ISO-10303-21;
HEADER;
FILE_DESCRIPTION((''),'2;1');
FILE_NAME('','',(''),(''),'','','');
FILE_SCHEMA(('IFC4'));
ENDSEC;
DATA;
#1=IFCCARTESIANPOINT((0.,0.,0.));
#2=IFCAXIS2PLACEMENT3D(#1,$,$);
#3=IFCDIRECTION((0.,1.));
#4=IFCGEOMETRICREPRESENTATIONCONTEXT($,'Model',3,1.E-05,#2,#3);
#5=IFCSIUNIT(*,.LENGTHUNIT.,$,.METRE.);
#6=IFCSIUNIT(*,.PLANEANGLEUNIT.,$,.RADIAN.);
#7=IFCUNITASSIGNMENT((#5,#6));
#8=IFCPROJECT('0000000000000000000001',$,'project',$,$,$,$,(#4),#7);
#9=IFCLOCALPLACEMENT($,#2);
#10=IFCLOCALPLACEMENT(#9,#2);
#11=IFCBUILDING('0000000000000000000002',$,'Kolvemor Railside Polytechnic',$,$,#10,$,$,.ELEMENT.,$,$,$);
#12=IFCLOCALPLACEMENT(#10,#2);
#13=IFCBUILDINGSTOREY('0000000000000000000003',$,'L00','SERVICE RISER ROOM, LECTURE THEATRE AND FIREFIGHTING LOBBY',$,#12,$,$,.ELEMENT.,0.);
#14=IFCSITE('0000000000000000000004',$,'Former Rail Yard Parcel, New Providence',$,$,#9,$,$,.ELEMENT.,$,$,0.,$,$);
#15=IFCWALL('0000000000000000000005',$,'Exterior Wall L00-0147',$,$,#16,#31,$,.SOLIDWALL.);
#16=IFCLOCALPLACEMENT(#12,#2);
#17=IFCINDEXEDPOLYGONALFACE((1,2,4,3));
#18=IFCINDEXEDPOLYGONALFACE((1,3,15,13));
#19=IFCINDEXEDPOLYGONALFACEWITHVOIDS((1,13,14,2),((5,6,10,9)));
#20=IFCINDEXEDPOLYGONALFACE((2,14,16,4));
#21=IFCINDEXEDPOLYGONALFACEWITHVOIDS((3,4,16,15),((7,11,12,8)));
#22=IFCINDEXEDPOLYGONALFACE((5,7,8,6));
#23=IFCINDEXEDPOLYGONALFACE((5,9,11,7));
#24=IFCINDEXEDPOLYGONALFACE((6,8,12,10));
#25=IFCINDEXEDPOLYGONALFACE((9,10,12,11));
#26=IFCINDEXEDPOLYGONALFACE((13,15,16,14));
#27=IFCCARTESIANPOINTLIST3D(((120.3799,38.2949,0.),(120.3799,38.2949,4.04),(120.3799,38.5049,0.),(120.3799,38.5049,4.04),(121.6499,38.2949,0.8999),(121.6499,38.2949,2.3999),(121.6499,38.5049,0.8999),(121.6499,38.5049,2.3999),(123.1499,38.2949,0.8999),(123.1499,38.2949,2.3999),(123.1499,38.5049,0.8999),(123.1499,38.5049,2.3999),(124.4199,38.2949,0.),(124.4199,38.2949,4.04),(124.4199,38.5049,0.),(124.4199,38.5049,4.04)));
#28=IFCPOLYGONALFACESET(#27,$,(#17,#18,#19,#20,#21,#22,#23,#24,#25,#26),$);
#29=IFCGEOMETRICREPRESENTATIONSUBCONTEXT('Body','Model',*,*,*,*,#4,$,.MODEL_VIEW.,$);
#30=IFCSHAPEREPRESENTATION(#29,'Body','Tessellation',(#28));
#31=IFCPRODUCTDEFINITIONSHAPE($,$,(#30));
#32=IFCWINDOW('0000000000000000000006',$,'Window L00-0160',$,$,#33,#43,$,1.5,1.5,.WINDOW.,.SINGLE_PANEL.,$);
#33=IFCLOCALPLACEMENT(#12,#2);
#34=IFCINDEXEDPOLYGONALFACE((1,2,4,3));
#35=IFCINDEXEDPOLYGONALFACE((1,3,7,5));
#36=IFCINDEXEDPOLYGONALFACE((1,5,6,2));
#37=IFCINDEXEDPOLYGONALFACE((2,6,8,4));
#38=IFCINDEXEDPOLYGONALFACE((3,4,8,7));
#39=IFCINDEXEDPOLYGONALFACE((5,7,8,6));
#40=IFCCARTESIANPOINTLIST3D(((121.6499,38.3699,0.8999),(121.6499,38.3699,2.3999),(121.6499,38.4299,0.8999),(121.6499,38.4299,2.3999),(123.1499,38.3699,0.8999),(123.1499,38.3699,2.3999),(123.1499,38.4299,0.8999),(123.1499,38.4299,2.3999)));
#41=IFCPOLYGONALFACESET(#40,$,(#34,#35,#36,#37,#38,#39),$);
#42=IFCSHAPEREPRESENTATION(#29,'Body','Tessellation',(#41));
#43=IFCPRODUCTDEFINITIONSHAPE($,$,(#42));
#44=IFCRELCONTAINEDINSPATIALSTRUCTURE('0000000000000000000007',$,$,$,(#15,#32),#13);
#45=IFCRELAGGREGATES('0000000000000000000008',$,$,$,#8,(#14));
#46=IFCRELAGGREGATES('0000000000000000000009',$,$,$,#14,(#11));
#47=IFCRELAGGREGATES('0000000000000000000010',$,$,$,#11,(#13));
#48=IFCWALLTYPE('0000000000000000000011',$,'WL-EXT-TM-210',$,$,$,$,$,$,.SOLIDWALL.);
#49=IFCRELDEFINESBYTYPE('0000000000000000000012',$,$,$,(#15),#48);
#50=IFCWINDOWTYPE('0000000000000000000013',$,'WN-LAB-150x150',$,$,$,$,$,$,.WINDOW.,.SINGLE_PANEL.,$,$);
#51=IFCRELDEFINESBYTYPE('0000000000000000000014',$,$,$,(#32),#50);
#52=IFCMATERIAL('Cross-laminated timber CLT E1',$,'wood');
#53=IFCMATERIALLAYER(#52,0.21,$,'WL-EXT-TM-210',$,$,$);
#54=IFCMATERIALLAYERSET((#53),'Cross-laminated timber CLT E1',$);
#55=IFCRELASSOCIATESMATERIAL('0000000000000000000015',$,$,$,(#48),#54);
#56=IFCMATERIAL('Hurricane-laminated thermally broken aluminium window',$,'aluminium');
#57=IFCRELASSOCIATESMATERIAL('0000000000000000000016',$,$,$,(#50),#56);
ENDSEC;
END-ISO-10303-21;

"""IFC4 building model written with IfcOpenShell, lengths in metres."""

from ifc_helpers import new_model, si_unit, direction, frame, frame_2d, origin, place, context, subcontext, project, spatial, rectangle, extrude, material, layer, layer_set, type_object, element, fill, save


model = new_model("IFC4")

# Units and contexts
model_context = context("Model", 3, precision=1e-05, world=origin(), true_north=direction((0.0, 1.0)))
body_context = subcontext(model_context, "Body", "Model", "MODEL_VIEW")
ifc_project = project(units=[si_unit("LENGTHUNIT", "METRE"), si_unit("PLANEANGLEUNIT", "RADIAN")], contexts=[model_context])

# Site, building, storey
site_placement = place(None, origin())
site = spatial("IfcSite", under=ifc_project, at=site_placement, Name="Former Rail Yard Parcel, New Providence", CompositionType="ELEMENT", RefElevation=0.0)
building_placement = place(site_placement, origin())
building = spatial("IfcBuilding", under=site, at=building_placement, Name="Kolvemor Railside Polytechnic", CompositionType="ELEMENT")
storey_placement = place(building_placement, origin())
storey = spatial("IfcBuildingStorey", under=building, at=storey_placement, Name="L00", Description="SERVICE RISER ROOM, LECTURE THEATRE AND FIREFIGHTING LOBBY", CompositionType="ELEMENT", Elevation=0.0)

# Wall, opening, window
ifc_material_1 = material(Name="Cross-laminated timber CLT E1", Category="wood")
ifc_layer_1 = layer(ifc_material_1, 0.21, Name="WL-EXT-TM-210")
ifc_layer_set_1 = layer_set([ifc_layer_1], Name="Cross-laminated timber CLT E1")
wall_type = type_object("IfcWallType", Name="WL-EXT-TM-210", PredefinedType="SOLIDWALL", material=ifc_layer_set_1)
ifc_material_2 = material(Name="Hurricane-laminated thermally broken aluminium window", Category="aluminium")
window_type = type_object("IfcWindowType", Name="WN-LAB-150x150", PartitioningType="SINGLE_PANEL", PredefinedType="WINDOW", material=ifc_material_2)
wall_1_placement = place(storey_placement, frame((124.4199, 38.3999, 0.0), z_axis=(0.0, 0.0, 1.0), x_axis=(-1.0, 0.0, 0.0)))
wall_1 = element("IfcWall", 1, at=wall_1_placement, inside=storey, type_object=wall_type, Name="Exterior Wall L00-0147", PredefinedType="SOLIDWALL", context=body_context, shape_type="SweptSolid", body=[
    extrude(rectangle(XDim=4.04, YDim=0.21, at=frame_2d((2.02, 0.0))), origin(), (0.0, 0.0, 1.0), 4.04),
])
opening_1_placement = place(wall_1_placement, frame((1.27, 0.0, 0.8999)))
opening_1 = element("IfcOpeningElement", 2, at=opening_1_placement, cuts=wall_1, PredefinedType="OPENING", context=body_context, shape_type="SweptSolid", body=[
    extrude(rectangle(XDim=1.5, YDim=1.5, at=frame_2d((0.75, 0.75))), frame((0.0, 0.115, 0.0), z_axis=(0.0, -1.0, 0.0), x_axis=(1.0, 0.0, 0.0)), (0.0, 0.0, 1.0), 0.23),
])
window_1_placement = place(opening_1_placement, origin())
window_1 = element("IfcWindow", 3, at=window_1_placement, inside=storey, type_object=window_type, Name="Window L00-0160", OverallHeight=1.5, OverallWidth=1.5, PartitioningType="SINGLE_PANEL", PredefinedType="WINDOW", context=body_context, shape_type="SweptSolid", body=[
    extrude(rectangle(XDim=1.5, YDim=1.5, at=frame_2d((0.75, 0.75))), frame((0.0, 0.03, 0.0), z_axis=(0.0, -1.0, 0.0), x_axis=(1.0, 0.0, 0.0)), (0.0, 0.0, 1.0), 0.0601),
])
fill(opening_1, window_1)

save(model, "model.ifc")
